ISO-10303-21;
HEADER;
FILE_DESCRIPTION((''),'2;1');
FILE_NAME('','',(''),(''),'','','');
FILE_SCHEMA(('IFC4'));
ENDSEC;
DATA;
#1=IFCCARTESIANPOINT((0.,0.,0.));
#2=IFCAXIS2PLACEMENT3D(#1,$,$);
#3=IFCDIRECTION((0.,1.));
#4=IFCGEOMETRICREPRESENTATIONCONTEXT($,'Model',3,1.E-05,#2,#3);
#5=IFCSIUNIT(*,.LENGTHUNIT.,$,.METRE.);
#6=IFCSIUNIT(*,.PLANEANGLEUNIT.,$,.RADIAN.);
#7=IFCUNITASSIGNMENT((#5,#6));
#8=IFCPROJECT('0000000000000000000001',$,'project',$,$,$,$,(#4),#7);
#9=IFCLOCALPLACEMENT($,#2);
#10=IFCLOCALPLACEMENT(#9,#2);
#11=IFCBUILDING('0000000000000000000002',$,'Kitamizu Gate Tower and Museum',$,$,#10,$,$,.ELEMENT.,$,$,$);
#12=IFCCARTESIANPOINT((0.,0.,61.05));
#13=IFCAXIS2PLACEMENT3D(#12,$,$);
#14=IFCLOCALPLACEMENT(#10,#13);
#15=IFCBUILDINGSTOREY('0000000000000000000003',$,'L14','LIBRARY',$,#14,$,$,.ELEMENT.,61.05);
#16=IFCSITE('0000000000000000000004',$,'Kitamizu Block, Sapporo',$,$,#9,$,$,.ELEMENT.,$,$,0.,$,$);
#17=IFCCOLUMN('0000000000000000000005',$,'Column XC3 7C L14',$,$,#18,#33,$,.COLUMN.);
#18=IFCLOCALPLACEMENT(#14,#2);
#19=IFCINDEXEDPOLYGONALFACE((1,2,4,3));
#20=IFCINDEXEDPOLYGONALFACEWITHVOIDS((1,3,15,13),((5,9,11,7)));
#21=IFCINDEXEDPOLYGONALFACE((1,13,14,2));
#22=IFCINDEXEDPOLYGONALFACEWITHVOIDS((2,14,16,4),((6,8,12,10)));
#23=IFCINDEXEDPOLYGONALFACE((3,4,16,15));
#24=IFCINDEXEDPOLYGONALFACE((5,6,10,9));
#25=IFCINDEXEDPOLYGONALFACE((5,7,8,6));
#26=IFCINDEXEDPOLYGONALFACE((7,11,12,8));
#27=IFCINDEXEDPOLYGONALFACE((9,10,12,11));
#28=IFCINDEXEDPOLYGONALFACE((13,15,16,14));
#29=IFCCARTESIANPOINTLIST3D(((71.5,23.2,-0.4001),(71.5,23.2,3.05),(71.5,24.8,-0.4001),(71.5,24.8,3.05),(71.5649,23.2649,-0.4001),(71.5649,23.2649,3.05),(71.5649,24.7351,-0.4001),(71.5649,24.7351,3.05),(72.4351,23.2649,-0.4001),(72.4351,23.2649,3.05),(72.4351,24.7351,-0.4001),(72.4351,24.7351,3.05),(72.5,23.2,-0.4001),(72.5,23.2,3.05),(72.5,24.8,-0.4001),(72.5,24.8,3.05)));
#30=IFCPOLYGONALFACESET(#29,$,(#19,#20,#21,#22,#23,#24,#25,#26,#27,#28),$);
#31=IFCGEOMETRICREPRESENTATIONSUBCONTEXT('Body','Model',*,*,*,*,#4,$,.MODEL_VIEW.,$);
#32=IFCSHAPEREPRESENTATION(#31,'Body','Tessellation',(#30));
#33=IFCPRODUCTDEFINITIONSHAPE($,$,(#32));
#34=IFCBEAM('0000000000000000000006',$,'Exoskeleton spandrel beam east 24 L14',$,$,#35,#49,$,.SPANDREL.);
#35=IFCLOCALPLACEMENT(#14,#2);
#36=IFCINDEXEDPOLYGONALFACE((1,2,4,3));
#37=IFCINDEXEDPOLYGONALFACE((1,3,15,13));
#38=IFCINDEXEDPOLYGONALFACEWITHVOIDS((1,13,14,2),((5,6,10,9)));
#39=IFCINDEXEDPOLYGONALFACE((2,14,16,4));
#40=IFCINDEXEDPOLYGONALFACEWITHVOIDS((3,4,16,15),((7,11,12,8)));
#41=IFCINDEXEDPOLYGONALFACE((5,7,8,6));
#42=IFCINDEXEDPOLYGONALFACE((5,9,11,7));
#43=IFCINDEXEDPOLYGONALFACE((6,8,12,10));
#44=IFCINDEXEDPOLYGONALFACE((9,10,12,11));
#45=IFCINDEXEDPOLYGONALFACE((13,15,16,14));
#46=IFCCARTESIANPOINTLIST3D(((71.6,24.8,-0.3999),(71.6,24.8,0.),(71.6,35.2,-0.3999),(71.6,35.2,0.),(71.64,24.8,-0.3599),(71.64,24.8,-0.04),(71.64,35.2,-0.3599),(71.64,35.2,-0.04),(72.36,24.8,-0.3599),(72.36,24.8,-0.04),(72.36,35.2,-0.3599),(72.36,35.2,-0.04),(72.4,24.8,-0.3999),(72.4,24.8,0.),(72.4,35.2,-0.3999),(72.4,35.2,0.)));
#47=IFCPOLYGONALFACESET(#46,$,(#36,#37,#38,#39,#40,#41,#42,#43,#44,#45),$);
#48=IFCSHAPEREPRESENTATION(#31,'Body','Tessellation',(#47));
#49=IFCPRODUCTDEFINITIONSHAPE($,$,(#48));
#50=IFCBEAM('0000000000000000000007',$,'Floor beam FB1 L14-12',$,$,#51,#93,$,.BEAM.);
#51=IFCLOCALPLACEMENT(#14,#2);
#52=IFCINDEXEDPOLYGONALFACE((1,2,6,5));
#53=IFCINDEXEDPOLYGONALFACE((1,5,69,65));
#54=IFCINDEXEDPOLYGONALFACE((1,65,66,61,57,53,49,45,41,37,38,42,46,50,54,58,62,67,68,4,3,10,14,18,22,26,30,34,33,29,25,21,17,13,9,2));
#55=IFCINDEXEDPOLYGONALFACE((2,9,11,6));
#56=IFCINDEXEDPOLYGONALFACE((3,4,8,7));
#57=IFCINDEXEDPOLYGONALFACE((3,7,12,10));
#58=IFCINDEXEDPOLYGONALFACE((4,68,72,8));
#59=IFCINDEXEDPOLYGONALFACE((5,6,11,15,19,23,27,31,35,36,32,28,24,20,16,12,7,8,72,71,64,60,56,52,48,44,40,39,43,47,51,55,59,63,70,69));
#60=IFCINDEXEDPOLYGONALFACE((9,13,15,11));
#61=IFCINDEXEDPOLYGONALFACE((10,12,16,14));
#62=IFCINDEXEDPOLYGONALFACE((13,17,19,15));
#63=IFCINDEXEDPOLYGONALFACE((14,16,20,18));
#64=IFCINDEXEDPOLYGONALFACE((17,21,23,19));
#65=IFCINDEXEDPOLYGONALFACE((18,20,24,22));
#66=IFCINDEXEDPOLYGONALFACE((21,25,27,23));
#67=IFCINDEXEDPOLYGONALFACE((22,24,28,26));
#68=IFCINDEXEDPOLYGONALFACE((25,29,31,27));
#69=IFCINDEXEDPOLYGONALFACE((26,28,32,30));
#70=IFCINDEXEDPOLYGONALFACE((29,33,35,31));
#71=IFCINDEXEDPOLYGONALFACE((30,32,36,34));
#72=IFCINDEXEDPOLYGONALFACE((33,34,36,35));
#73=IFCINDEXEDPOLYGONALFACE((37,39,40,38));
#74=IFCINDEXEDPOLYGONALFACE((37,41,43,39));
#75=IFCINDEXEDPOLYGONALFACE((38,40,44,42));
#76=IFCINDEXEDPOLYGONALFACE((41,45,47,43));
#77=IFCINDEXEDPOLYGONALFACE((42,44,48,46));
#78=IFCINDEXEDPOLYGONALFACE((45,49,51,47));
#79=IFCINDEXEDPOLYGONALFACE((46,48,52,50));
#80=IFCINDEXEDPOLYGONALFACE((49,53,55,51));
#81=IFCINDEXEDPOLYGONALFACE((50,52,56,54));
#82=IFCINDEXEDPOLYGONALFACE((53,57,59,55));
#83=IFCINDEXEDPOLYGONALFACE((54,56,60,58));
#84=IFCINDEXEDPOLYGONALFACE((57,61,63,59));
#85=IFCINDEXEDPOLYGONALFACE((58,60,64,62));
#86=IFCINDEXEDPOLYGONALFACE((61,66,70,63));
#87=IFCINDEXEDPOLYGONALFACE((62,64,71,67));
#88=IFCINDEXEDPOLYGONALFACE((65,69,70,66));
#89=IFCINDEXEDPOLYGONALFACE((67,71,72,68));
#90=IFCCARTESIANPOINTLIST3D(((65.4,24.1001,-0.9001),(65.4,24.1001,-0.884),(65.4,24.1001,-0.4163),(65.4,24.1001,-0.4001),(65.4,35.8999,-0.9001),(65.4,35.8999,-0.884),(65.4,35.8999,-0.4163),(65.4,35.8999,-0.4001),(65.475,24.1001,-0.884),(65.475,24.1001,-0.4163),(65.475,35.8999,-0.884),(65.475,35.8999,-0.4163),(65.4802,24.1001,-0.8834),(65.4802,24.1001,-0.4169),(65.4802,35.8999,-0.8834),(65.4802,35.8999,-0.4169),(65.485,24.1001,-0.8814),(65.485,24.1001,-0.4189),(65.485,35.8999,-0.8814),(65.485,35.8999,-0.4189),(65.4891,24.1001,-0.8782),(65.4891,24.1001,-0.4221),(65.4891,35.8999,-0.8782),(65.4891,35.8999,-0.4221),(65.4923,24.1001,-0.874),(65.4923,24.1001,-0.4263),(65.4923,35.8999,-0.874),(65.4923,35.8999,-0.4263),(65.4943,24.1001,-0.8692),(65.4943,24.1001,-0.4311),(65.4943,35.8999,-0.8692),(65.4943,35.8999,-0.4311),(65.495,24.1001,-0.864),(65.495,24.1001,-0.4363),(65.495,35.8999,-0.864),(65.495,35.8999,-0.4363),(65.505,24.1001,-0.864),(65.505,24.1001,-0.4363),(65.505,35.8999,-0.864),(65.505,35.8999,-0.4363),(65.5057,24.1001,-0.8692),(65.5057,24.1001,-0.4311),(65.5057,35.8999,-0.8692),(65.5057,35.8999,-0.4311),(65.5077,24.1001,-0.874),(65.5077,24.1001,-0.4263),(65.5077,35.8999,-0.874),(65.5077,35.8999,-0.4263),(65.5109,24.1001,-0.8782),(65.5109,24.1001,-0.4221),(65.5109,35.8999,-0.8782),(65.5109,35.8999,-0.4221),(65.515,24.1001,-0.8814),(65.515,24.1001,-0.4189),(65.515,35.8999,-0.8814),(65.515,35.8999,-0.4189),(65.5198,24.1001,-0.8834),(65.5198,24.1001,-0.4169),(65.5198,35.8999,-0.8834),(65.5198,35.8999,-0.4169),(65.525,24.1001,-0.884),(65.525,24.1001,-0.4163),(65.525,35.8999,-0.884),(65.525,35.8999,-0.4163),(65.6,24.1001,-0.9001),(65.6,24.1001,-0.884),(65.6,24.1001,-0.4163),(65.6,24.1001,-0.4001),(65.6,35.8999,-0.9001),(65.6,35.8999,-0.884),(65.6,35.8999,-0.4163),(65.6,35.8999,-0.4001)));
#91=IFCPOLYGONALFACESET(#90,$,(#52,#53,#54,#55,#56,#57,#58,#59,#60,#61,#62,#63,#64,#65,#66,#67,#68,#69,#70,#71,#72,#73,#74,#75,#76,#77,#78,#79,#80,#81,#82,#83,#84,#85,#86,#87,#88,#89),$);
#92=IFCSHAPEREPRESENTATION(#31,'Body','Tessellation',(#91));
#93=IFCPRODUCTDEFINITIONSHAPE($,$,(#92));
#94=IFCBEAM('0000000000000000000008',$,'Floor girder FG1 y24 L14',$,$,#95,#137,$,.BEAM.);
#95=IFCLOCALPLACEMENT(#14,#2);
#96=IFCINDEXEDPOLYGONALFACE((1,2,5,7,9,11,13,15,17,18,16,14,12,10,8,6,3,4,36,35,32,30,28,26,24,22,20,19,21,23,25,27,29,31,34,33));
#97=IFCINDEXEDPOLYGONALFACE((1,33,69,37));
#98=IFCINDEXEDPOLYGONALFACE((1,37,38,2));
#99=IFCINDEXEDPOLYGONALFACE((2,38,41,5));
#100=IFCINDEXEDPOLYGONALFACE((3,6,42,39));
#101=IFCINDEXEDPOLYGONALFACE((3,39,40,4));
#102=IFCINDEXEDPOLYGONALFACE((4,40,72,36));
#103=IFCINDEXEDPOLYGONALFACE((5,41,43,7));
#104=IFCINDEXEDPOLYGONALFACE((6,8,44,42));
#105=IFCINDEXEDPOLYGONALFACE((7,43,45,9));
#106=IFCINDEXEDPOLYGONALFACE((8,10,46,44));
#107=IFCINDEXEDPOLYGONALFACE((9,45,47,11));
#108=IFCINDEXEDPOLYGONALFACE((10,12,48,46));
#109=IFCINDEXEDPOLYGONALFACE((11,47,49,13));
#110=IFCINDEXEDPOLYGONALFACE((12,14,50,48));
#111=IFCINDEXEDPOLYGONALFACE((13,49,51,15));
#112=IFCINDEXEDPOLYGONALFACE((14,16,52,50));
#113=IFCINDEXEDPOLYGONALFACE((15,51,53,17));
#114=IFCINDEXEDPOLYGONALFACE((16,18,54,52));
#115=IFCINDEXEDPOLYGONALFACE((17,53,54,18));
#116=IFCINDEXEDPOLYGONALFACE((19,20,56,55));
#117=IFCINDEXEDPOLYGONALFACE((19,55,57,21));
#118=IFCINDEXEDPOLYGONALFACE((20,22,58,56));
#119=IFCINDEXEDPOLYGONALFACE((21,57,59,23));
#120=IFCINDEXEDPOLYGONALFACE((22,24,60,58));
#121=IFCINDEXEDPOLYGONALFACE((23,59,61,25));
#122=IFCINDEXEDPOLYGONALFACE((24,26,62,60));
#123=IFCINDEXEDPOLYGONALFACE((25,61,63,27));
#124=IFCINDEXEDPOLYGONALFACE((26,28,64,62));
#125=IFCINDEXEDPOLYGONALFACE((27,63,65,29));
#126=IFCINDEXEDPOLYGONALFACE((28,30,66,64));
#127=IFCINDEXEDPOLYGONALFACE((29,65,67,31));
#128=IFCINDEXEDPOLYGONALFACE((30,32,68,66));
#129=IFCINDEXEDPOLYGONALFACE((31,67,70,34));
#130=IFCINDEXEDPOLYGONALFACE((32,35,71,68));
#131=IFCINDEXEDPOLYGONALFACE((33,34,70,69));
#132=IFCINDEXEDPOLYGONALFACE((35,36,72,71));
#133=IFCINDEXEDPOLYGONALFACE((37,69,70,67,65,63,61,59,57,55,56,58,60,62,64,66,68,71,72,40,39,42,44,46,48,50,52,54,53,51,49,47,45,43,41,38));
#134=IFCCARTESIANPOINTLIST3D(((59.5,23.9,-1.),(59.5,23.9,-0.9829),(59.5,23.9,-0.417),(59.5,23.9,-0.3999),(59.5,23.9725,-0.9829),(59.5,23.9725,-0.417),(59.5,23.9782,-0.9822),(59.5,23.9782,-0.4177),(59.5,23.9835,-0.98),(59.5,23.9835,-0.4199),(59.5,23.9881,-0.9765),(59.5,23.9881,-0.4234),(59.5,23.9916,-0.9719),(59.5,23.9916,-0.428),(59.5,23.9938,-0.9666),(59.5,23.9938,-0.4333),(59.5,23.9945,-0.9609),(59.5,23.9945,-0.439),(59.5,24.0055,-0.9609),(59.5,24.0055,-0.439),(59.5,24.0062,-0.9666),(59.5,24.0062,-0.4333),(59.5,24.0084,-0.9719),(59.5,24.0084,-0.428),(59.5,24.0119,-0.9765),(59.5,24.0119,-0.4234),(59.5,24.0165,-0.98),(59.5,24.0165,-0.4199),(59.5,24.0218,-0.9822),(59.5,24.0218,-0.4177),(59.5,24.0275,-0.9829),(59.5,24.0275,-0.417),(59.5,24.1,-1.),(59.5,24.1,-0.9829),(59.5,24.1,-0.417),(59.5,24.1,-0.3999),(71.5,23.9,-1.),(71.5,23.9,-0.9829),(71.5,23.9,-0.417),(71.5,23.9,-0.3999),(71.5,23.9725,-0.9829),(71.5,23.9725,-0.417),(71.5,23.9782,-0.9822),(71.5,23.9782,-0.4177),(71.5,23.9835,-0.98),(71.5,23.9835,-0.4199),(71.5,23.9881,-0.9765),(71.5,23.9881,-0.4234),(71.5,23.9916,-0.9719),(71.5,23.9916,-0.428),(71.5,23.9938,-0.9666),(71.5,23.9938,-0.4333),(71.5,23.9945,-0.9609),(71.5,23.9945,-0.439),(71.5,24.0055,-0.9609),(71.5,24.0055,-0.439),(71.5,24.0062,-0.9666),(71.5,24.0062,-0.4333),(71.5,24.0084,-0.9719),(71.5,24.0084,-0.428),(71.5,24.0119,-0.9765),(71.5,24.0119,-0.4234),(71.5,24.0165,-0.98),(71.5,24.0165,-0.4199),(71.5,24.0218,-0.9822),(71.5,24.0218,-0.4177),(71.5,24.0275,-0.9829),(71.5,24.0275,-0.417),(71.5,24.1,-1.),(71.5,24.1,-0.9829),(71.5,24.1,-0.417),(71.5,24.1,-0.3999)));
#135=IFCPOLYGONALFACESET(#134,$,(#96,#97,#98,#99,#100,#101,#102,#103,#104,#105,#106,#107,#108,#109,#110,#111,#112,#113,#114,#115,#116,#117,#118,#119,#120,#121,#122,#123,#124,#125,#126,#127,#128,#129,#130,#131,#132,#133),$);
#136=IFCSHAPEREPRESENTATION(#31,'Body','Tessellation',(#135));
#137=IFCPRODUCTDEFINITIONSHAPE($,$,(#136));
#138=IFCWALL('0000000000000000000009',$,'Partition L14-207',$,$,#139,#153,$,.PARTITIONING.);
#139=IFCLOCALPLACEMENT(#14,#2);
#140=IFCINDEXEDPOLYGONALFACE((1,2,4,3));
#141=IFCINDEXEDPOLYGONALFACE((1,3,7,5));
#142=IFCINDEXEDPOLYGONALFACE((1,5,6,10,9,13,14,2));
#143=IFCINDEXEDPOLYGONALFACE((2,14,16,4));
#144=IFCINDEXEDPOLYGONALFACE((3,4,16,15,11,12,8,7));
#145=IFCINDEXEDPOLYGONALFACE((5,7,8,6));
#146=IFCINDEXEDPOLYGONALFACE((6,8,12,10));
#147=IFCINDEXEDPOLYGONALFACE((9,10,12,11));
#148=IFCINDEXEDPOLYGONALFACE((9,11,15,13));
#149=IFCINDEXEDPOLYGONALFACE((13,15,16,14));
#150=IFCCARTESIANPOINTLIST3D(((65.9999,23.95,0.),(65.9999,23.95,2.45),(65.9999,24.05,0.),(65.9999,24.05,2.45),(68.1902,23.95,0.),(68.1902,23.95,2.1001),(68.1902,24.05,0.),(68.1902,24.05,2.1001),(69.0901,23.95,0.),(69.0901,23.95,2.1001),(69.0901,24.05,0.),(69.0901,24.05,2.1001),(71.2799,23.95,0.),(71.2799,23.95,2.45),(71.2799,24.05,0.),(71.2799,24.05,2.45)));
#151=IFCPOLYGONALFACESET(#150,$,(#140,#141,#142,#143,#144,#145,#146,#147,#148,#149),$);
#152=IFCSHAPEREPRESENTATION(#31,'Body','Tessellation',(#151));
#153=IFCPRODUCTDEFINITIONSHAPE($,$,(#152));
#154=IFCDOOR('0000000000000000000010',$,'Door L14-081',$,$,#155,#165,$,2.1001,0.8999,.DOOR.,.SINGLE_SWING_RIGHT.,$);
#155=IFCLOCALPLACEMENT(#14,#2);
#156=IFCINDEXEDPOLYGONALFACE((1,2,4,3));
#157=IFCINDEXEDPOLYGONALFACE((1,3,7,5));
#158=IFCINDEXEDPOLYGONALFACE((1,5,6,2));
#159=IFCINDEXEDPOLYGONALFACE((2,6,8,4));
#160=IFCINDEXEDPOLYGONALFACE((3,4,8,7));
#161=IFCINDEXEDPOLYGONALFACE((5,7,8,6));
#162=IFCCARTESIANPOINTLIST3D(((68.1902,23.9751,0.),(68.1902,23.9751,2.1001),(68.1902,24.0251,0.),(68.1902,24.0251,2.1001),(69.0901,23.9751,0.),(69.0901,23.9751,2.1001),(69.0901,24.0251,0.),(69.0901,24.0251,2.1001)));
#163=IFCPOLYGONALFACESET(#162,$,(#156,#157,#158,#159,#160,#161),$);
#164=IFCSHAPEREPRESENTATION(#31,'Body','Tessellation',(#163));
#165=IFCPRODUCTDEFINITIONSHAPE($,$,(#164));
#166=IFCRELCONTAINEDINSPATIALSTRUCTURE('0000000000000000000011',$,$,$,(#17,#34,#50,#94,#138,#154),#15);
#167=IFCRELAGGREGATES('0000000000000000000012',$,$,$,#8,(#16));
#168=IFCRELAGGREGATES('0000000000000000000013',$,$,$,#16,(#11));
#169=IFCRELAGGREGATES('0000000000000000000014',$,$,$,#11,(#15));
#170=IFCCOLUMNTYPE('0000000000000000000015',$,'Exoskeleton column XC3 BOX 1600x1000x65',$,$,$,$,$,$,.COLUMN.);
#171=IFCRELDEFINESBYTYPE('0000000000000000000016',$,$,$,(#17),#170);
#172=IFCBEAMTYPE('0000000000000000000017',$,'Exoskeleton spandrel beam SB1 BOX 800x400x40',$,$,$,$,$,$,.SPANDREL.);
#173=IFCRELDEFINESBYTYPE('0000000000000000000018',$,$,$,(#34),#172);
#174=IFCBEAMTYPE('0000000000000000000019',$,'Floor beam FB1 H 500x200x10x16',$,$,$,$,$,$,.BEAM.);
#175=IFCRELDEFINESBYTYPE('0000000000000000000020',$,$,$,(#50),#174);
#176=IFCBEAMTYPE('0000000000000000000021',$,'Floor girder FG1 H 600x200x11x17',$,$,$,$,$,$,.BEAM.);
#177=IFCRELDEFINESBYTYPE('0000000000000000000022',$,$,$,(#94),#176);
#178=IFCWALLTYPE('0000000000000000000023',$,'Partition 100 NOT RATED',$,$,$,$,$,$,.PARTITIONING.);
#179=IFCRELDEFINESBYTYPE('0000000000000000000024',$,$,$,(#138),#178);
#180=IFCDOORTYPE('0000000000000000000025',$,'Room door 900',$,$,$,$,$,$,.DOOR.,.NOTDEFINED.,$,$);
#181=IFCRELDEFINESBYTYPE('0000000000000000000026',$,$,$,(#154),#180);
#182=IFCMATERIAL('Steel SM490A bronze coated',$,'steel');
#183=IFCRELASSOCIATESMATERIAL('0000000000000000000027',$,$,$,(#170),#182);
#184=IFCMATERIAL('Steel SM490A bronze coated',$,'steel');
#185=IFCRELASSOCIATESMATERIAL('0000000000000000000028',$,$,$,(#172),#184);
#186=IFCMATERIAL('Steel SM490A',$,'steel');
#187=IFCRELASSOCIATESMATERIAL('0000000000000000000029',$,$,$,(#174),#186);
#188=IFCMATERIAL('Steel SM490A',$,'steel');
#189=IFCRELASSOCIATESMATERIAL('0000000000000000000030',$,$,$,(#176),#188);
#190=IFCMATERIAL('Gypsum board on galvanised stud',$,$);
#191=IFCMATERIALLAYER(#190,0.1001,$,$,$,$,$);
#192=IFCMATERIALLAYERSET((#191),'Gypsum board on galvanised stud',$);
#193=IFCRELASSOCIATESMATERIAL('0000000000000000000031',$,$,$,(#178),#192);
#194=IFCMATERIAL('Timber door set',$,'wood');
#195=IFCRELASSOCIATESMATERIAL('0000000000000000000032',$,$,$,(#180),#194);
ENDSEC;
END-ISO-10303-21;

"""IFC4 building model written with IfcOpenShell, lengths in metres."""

from ifc_helpers import new_model, si_unit, direction, frame, frame_2d, origin, origin_2d, place, context, subcontext, project, spatial, rectangle, hollow_rectangle, i_section, extrude, material, layer, layer_set, material_profile, profile_set, type_object, element, fill, save


model = new_model("IFC4")

# Units and contexts
model_context = context("Model", 3, precision=1e-05, world=origin(), true_north=direction((0.0, 1.0)))
body_context = subcontext(model_context, "Body", "Model", "MODEL_VIEW")
ifc_project = project(units=[si_unit("LENGTHUNIT", "METRE"), si_unit("PLANEANGLEUNIT", "RADIAN")], contexts=[model_context])

# Site, building, storey
site_placement = place(None, origin())
site = spatial("IfcSite", under=ifc_project, at=site_placement, Name="Kitamizu Block, Sapporo", CompositionType="ELEMENT", RefElevation=0.0)
building_placement = place(site_placement, origin())
building = spatial("IfcBuilding", under=site, at=building_placement, Name="Kitamizu Gate Tower and Museum", CompositionType="ELEMENT")
storey_placement = place(building_placement, frame((0.0, 0.0, 61.05)))
storey = spatial("IfcBuildingStorey", under=building, at=storey_placement, Name="L14", Description="LIBRARY", CompositionType="ELEMENT", Elevation=61.05)

# Column
ifc_material_1 = material(Name="Steel SM490A bronze coated", Category="steel")
ifc_material_profile_1 = material_profile(ifc_material_1, hollow_rectangle(XDim=1.6001, YDim=1.0, WallThickness=0.0649, at=origin_2d()), Name="BOX 1600x1000x65")
ifc_profile_set_1 = profile_set([ifc_material_profile_1], Name="Steel SM490A bronze coated")
column_type = type_object("IfcColumnType", Name="Exoskeleton column XC3 BOX 1600x1000x65", PredefinedType="COLUMN", material=ifc_profile_set_1)
column_placement = place(storey_placement, frame((72.0, 24.0, -0.4001), z_axis=(0.0, 0.0, 1.0), x_axis=(0.0, 1.0, 0.0)))
element("IfcColumn", 1, at=column_placement, inside=storey, type_object=column_type, Name="Column XC3 7C L14", PredefinedType="COLUMN", context=body_context, shape_type="SweptSolid", body=[
    extrude(hollow_rectangle(XDim=1.6001, YDim=1.0, WallThickness=0.0649, at=origin_2d()), origin(), (0.0, 0.0, 1.0), 3.4502),
])

# Beams
ifc_material_2 = material(Name="Steel SM490A bronze coated", Category="steel")
ifc_material_profile_2 = material_profile(ifc_material_2, hollow_rectangle(XDim=0.8, YDim=0.3999, WallThickness=0.04, at=origin_2d()), Name="BOX 800x400x40")
ifc_profile_set_2 = profile_set([ifc_material_profile_2], Name="Steel SM490A bronze coated")
beam_type_1 = type_object("IfcBeamType", Name="Exoskeleton spandrel beam SB1 BOX 800x400x40", PredefinedType="SPANDREL", material=ifc_profile_set_2)
beam_1_placement = place(storey_placement, frame((72.0, 24.8, -0.2), z_axis=(0.0, 1.0, 0.0), x_axis=(-1.0, 0.0, 0.0)))
element("IfcBeam", 2, at=beam_1_placement, inside=storey, type_object=beam_type_1, Name="Exoskeleton spandrel beam east 24 L14", PredefinedType="SPANDREL", context=body_context, shape_type="SweptSolid", body=[
    extrude(hollow_rectangle(XDim=0.8, YDim=0.3999, WallThickness=0.04, at=origin_2d()), origin(), (0.0, 0.0, 1.0), 10.3999),
])
ifc_material_3 = material(Name="Steel SM490A", Category="steel")
ifc_material_profile_3 = material_profile(ifc_material_3, i_section(OverallWidth=0.2, OverallDepth=0.5, WebThickness=0.01, FlangeThickness=0.0161, FilletRadius=0.02, at=origin_2d()), Name="H-500x200x10x16")
ifc_profile_set_3 = profile_set([ifc_material_profile_3], Name="Steel SM490A")
beam_type_2 = type_object("IfcBeamType", Name="Floor beam FB1 H 500x200x10x16", PredefinedType="BEAM", material=ifc_profile_set_3)
beam_2_placement = place(storey_placement, frame((65.5, 24.1001, -0.6501), z_axis=(0.0, 1.0, 0.0), x_axis=(-1.0, 0.0, 0.0)))
element("IfcBeam", 3, at=beam_2_placement, inside=storey, type_object=beam_type_2, Name="Floor beam FB1 L14-12", PredefinedType="BEAM", context=body_context, shape_type="SweptSolid", body=[
    extrude(i_section(OverallWidth=0.2, OverallDepth=0.5, WebThickness=0.01, FlangeThickness=0.0161, FilletRadius=0.02, at=origin_2d()), origin(), (0.0, 0.0, 1.0), 11.7998),
])
ifc_material_4 = material(Name="Steel SM490A", Category="steel")
ifc_material_profile_4 = material_profile(ifc_material_4, i_section(OverallWidth=0.2, OverallDepth=0.6001, WebThickness=0.011, FlangeThickness=0.0171, FilletRadius=0.022, at=origin_2d()), Name="H-600x200x11x17")
ifc_profile_set_4 = profile_set([ifc_material_profile_4], Name="Steel SM490A")
beam_type_3 = type_object("IfcBeamType", Name="Floor girder FG1 H 600x200x11x17", PredefinedType="BEAM", material=ifc_profile_set_4)
beam_3_placement = place(storey_placement, frame((59.5, 24.0, -0.7), z_axis=(1.0, 0.0, 0.0), x_axis=(0.0, 1.0, 0.0)))
element("IfcBeam", 4, at=beam_3_placement, inside=storey, type_object=beam_type_3, Name="Floor girder FG1 y24 L14", PredefinedType="BEAM", context=body_context, shape_type="SweptSolid", body=[
    extrude(i_section(OverallWidth=0.2, OverallDepth=0.6001, WebThickness=0.011, FlangeThickness=0.0171, FilletRadius=0.022, at=origin_2d()), origin(), (0.0, 0.0, 1.0), 12.0),
])

# Wall, opening, door
ifc_material_5 = material(Name="Gypsum board on galvanised stud")
ifc_layer_1 = layer(ifc_material_5, 0.1001)
ifc_layer_set_1 = layer_set([ifc_layer_1], Name="Gypsum board on galvanised stud")
wall_type_1 = type_object("IfcWallType", Name="Partition 100 NOT RATED", PredefinedType="PARTITIONING", material=ifc_layer_set_1)
wall_1_placement = place(storey_placement, frame((71.28, 24.0, 0.0), z_axis=(0.0, 0.0, 1.0), x_axis=(-1.0, 0.0, 0.0)))
wall_1 = element("IfcWall", 5, at=wall_1_placement, inside=storey, type_object=wall_type_1, Name="Partition L14-207", PredefinedType="PARTITIONING", context=body_context, shape_type="SweptSolid", body=[
    extrude(rectangle(XDim=5.28, YDim=0.1001, at=frame_2d((2.6401, 0.0))), origin(), (0.0, 0.0, 1.0), 2.45),
])
opening_1_placement = place(wall_1_placement, frame((2.1899, 0.0, 0.0)))
opening_1 = element("IfcOpeningElement", 6, at=opening_1_placement, cuts=wall_1, PredefinedType="OPENING", context=body_context, shape_type="SweptSolid", body=[
    extrude(rectangle(XDim=0.8999, YDim=2.1001, at=frame_2d((0.45, 1.05))), frame((0.0, 0.0601, 0.0), z_axis=(0.0, -1.0, 0.0), x_axis=(1.0, 0.0, 0.0)), (0.0, 0.0, 1.0), 0.1201),
])
ifc_material_6 = material(Name="Timber door set", Category="wood")
door_type_1 = type_object("IfcDoorType", Name="Room door 900", OperationType="NOTDEFINED", PredefinedType="DOOR", material=ifc_material_6)
door_1_placement = place(opening_1_placement, origin())
door_1 = element("IfcDoor", 7, at=door_1_placement, inside=storey, type_object=door_type_1, Name="Door L14-081", OperationType="SINGLE_SWING_RIGHT", OverallHeight=2.1001, OverallWidth=0.8999, PredefinedType="DOOR", context=body_context, shape_type="SweptSolid", body=[
    extrude(rectangle(XDim=0.8999, YDim=2.1001, at=frame_2d((0.45, 1.05))), frame((0.0, 0.0249, 0.0), z_axis=(0.0, -1.0, 0.0), x_axis=(1.0, 0.0, 0.0)), (0.0, 0.0, 1.0), 0.05),
])
fill(opening_1, door_1)

save(model, "model.ifc")
